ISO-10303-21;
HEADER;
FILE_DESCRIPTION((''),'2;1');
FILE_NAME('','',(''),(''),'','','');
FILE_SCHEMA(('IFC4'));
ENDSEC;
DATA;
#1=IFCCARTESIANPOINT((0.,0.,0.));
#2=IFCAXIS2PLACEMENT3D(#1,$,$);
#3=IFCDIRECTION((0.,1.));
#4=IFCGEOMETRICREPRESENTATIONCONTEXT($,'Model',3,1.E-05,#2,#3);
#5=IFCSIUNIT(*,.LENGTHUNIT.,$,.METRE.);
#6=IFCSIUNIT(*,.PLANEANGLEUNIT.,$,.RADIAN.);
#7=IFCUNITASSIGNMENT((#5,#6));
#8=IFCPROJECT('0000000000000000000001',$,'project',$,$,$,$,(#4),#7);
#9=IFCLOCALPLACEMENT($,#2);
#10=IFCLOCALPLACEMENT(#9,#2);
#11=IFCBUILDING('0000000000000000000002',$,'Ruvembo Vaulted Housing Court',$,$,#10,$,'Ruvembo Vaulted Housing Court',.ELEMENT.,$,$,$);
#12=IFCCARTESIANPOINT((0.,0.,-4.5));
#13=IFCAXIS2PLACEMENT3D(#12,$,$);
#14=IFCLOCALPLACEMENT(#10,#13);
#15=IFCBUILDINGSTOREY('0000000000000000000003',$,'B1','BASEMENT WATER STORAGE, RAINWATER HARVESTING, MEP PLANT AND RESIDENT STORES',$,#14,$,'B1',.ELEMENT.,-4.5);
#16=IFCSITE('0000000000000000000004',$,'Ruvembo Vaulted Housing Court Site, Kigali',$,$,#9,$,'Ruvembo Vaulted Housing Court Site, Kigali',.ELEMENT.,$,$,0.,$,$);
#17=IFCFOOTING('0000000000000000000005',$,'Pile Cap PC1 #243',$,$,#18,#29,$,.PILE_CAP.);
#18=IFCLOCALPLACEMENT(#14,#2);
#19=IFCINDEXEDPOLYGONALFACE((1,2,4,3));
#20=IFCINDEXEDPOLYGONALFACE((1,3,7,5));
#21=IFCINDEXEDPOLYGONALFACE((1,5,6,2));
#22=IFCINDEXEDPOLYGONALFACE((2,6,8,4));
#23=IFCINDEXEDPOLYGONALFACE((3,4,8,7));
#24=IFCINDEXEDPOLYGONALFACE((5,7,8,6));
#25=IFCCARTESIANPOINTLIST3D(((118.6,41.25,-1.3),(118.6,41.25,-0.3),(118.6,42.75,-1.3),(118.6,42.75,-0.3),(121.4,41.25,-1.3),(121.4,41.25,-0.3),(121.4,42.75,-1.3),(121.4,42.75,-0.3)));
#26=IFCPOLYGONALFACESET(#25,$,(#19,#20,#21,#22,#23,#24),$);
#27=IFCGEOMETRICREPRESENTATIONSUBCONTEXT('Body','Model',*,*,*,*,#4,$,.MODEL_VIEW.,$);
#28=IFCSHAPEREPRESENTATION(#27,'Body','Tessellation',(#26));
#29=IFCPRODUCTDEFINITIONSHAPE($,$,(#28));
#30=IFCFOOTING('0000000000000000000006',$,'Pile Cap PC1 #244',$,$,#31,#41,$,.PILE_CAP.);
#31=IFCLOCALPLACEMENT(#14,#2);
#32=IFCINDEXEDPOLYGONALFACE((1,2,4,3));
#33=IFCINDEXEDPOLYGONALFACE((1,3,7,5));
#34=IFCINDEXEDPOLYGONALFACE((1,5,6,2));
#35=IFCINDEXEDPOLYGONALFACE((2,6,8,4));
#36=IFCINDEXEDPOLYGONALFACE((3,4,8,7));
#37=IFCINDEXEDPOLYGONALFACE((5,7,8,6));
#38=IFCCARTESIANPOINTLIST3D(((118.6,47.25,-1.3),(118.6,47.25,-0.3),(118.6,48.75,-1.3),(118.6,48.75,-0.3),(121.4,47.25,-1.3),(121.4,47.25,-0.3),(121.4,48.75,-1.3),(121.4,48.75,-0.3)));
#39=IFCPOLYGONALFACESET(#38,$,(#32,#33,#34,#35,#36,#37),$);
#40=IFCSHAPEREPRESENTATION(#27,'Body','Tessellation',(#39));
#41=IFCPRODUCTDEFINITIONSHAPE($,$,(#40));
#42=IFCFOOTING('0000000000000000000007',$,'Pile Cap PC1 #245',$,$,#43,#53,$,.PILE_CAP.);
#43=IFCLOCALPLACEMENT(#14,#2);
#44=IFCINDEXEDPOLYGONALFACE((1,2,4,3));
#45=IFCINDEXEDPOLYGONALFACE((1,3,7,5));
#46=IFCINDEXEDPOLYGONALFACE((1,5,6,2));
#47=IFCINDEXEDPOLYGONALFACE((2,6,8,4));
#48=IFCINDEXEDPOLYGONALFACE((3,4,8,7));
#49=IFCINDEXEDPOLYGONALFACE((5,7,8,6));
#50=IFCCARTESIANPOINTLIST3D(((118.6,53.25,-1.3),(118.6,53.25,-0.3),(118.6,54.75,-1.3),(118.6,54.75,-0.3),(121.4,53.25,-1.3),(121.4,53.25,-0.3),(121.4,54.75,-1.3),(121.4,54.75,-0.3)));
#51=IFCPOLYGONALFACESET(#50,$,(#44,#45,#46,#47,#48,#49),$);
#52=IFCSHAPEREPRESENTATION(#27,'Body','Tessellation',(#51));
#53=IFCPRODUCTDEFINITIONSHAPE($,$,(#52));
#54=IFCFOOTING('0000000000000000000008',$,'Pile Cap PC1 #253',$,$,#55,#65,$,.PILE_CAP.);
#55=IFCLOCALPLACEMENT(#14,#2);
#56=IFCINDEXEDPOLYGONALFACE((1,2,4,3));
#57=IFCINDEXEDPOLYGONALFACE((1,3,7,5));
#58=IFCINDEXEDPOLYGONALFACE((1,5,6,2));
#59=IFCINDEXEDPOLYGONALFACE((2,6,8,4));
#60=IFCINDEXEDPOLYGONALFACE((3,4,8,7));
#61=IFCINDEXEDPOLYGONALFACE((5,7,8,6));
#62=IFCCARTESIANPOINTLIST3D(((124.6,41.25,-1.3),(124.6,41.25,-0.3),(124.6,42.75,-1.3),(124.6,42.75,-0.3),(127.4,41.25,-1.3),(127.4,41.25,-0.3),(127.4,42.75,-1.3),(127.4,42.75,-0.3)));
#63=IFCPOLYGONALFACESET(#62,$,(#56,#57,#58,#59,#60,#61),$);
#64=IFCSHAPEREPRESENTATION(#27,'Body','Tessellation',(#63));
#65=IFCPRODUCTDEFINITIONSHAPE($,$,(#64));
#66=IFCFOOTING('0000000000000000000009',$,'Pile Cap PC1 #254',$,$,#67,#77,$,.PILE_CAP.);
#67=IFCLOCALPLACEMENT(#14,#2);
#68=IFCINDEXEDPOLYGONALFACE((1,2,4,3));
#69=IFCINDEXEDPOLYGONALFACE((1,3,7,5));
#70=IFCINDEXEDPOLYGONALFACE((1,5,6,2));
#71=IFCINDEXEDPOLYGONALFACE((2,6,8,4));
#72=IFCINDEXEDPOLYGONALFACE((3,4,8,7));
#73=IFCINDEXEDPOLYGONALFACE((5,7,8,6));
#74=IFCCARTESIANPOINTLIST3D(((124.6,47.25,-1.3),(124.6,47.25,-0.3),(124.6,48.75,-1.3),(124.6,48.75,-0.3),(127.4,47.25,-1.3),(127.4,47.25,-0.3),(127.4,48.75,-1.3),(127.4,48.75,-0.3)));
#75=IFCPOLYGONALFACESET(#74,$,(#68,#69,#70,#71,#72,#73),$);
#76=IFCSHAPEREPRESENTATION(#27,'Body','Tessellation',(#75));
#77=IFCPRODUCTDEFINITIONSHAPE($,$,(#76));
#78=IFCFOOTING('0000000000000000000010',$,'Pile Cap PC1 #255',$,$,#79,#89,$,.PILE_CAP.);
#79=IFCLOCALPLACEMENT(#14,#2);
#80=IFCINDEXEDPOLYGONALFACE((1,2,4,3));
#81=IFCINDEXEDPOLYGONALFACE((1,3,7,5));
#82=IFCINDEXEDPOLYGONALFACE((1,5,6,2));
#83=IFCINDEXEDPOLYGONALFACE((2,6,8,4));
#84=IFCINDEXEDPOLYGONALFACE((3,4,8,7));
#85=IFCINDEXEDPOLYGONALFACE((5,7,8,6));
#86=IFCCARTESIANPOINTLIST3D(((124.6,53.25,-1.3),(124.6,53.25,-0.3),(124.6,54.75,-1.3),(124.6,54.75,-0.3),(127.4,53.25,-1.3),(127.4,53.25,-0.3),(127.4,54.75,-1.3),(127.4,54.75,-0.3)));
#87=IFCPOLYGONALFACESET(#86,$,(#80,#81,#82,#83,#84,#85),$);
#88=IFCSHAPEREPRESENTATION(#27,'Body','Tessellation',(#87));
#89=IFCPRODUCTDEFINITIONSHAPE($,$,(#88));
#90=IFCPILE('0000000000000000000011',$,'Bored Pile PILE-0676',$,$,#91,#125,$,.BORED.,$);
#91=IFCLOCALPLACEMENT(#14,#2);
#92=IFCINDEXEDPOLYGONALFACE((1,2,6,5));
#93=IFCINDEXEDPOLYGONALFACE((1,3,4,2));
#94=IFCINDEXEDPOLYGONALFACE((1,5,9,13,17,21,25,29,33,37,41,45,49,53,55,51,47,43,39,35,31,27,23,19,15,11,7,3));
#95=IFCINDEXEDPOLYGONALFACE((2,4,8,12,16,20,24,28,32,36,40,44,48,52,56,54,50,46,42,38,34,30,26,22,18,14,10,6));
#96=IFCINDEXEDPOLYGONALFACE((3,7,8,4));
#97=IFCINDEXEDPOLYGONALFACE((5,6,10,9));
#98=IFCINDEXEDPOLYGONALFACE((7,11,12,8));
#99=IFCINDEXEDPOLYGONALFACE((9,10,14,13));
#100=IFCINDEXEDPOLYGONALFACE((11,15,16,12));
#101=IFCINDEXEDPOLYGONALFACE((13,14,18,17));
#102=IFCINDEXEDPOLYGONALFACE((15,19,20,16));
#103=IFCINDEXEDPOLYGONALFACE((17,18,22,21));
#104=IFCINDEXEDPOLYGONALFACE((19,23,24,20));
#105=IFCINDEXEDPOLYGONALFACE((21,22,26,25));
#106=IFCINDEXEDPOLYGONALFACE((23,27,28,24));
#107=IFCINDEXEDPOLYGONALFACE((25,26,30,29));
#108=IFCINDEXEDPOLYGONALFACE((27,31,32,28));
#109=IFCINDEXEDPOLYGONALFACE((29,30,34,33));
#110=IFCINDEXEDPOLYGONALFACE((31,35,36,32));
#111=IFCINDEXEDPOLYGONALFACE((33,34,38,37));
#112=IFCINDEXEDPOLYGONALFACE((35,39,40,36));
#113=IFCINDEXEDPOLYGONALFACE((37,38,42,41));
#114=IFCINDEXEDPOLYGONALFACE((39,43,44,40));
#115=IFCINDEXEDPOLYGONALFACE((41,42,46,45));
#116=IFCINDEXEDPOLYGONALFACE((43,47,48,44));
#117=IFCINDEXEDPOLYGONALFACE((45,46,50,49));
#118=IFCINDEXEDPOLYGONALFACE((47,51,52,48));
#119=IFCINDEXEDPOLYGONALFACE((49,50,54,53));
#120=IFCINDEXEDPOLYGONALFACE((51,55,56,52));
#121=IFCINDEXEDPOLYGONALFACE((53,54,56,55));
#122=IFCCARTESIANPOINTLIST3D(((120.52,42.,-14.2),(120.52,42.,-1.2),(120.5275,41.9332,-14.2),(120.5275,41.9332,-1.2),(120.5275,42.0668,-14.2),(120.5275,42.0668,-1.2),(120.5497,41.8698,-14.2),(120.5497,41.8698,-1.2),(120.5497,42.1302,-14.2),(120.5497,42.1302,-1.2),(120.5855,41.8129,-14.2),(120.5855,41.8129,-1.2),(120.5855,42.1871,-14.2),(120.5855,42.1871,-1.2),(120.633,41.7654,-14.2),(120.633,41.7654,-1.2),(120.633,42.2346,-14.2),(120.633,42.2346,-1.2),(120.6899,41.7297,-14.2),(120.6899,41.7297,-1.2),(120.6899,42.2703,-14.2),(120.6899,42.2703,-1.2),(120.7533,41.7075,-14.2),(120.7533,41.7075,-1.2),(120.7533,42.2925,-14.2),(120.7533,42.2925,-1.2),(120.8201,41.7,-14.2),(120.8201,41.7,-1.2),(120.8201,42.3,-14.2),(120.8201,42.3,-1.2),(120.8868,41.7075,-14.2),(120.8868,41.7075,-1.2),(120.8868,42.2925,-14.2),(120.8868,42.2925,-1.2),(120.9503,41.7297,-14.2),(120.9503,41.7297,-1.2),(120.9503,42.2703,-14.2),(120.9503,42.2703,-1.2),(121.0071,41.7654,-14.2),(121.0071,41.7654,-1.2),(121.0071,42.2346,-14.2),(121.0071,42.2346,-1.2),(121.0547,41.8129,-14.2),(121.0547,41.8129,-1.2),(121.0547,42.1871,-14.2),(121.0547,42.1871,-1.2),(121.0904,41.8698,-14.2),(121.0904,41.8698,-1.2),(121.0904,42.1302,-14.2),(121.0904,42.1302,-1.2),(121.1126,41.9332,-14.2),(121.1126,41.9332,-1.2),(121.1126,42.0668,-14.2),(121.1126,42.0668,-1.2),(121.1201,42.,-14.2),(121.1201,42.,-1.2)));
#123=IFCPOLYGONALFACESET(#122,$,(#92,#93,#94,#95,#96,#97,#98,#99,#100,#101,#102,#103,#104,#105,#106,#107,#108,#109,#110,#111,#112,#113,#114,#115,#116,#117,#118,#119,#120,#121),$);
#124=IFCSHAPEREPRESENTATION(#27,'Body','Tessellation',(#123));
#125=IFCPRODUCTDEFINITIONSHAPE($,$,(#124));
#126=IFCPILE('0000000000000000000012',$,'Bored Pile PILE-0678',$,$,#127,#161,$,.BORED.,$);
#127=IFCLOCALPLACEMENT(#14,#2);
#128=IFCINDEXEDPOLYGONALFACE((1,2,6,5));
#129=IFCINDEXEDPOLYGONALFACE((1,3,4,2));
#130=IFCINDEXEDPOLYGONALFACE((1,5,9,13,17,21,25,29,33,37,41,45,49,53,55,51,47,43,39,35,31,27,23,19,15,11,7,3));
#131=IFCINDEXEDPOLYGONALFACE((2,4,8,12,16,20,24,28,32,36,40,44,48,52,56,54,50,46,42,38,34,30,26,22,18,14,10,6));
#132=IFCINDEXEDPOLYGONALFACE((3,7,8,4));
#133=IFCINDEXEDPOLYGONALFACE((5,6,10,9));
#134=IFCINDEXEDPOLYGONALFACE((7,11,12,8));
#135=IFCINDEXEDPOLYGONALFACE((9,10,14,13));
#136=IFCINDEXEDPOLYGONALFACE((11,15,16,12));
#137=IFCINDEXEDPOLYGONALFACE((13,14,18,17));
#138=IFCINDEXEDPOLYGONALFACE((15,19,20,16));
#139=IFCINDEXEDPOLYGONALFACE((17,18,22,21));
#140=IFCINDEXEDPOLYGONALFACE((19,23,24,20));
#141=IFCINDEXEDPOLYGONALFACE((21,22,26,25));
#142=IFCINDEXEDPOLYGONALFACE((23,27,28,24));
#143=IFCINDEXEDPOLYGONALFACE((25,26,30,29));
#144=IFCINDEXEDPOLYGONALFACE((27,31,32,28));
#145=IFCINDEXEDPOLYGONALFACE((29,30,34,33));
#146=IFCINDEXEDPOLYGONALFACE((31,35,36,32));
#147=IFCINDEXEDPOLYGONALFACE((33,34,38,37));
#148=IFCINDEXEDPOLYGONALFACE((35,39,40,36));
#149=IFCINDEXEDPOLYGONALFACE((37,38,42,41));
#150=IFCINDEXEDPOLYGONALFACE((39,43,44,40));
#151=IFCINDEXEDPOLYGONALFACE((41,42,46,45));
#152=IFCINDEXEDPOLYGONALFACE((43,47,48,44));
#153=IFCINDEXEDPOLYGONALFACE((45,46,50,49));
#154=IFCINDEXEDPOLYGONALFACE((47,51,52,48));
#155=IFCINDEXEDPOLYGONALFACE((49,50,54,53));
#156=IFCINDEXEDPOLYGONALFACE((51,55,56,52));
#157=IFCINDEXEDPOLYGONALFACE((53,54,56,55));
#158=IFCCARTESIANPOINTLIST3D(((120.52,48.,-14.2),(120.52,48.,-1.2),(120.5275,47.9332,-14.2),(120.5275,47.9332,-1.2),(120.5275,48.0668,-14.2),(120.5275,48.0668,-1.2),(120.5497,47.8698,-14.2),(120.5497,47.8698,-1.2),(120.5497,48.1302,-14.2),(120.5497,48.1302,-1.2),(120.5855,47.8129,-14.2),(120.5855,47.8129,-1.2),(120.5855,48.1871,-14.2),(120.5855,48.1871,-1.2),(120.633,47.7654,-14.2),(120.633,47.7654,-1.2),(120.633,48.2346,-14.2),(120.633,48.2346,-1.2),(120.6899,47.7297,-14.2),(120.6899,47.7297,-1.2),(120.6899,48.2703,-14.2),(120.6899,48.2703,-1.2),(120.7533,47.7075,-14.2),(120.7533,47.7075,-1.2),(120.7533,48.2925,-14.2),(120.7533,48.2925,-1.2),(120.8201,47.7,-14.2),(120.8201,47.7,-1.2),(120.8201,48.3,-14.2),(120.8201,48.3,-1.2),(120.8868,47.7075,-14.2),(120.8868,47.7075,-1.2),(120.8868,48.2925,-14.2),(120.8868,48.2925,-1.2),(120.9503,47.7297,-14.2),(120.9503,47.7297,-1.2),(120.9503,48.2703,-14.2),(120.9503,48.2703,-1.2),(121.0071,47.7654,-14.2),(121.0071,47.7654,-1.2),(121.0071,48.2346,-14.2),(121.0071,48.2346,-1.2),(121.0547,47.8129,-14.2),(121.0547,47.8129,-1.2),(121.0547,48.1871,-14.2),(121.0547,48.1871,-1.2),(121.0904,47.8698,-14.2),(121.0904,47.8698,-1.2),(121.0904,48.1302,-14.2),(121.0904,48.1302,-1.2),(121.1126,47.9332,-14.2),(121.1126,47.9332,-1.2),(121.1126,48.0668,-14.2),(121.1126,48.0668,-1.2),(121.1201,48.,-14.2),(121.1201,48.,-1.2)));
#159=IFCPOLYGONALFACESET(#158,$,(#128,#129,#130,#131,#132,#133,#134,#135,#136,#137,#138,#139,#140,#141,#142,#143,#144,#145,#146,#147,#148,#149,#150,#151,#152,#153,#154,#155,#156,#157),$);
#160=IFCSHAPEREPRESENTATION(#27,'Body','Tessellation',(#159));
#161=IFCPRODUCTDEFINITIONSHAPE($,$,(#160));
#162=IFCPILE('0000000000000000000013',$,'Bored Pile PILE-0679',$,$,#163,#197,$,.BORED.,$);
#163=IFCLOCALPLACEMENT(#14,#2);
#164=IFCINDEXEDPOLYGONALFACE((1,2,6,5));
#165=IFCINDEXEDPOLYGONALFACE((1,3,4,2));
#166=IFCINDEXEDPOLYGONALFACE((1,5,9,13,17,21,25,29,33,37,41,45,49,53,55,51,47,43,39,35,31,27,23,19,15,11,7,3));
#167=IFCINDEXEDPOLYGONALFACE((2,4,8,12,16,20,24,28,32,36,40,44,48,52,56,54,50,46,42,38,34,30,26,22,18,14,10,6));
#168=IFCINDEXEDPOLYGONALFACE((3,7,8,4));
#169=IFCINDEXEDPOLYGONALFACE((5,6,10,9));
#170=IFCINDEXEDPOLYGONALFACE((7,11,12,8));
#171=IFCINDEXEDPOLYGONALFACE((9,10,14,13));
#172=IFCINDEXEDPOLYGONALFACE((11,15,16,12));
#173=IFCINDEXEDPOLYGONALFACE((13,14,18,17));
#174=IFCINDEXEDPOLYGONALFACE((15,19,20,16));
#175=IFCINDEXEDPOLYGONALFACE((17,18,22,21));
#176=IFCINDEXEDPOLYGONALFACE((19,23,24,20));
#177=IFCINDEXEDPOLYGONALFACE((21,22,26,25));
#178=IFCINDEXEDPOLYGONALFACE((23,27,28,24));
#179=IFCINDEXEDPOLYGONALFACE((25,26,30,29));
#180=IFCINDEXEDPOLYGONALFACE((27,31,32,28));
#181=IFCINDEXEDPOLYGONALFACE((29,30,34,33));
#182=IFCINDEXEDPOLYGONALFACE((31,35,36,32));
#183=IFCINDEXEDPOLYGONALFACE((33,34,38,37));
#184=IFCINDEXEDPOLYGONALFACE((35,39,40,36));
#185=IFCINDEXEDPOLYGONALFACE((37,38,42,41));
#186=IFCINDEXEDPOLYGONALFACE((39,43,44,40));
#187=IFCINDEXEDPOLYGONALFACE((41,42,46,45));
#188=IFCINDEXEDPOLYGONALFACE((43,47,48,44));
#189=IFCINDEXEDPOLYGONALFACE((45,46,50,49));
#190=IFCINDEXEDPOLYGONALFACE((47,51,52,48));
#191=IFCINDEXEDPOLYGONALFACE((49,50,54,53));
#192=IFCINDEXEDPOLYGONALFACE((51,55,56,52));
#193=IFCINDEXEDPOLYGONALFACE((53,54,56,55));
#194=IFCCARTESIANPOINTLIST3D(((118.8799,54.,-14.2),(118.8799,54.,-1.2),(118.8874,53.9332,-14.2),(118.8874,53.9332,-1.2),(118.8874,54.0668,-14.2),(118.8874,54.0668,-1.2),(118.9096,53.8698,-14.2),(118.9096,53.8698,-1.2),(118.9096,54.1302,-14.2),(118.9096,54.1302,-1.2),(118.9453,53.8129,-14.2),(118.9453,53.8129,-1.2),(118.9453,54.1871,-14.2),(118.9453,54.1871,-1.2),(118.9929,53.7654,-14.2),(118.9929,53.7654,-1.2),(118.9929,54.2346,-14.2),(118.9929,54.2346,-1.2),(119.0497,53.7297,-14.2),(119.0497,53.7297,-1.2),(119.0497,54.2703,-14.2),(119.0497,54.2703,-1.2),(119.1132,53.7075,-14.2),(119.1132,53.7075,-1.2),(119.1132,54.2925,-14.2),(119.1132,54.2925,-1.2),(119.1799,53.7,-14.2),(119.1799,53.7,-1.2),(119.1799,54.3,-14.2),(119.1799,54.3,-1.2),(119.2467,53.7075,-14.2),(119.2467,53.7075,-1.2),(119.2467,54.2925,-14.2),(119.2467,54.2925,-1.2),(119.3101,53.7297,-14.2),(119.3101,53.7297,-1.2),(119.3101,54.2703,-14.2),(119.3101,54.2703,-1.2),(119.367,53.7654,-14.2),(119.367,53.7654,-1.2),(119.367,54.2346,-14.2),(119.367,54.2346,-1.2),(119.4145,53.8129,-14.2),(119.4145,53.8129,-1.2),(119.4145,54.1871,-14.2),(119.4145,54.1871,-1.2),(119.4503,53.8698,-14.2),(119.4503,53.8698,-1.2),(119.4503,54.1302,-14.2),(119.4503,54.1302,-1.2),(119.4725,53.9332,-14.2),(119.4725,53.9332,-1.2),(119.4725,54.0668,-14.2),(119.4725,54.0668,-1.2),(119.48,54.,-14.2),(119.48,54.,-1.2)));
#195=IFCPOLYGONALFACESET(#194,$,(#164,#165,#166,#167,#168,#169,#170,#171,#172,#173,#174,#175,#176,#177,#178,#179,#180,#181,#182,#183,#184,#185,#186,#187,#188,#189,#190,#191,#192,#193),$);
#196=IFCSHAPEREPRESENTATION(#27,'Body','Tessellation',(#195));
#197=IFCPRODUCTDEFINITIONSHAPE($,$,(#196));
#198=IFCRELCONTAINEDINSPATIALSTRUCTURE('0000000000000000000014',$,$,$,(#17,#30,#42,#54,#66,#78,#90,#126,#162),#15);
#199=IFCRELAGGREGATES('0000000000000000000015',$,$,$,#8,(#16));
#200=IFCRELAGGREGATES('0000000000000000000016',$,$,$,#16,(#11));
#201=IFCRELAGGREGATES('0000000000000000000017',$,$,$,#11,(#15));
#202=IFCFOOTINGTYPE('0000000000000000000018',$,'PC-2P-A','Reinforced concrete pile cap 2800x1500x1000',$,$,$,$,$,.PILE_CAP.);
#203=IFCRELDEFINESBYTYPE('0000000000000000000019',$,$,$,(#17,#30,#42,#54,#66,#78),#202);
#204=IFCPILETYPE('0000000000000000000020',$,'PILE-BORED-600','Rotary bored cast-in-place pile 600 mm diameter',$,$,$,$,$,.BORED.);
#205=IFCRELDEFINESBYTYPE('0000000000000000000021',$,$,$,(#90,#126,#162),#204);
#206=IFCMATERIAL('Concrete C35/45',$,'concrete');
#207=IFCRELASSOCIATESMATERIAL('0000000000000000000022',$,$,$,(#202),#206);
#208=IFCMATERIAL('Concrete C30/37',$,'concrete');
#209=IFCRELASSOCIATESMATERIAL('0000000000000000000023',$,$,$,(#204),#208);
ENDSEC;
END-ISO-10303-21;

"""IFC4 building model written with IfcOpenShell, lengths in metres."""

from ifc_helpers import new_model, si_unit, direction, frame, origin, origin_2d, place, context, subcontext, project, spatial, rectangle, circle, extrude, material, material_profile, profile_set, type_object, element, save


model = new_model("IFC4")

# Units and contexts
model_context = context("Model", 3, precision=1e-05, world=origin(), true_north=direction((0.0, 1.0)))
body_context = subcontext(model_context, "Body", "Model", "MODEL_VIEW")
ifc_project = project(units=[si_unit("LENGTHUNIT", "METRE"), si_unit("PLANEANGLEUNIT", "RADIAN")], contexts=[model_context])

# Site, building, storey
site_placement = place(None, origin())
site = spatial("IfcSite", under=ifc_project, at=site_placement, Name="Ruvembo Vaulted Housing Court Site, Kigali", LongName="Ruvembo Vaulted Housing Court Site, Kigali", CompositionType="ELEMENT", RefElevation=0.0)
building_placement = place(site_placement, origin())
building = spatial("IfcBuilding", under=site, at=building_placement, Name="Ruvembo Vaulted Housing Court", LongName="Ruvembo Vaulted Housing Court", CompositionType="ELEMENT")
storey_placement = place(building_placement, frame((0.0, 0.0, -4.5)))
storey = spatial("IfcBuildingStorey", under=building, at=storey_placement, Name="B1", Description="BASEMENT WATER STORAGE, RAINWATER HARVESTING, MEP PLANT AND RESIDENT STORES", LongName="B1", CompositionType="ELEMENT", Elevation=-4.5)

# Footings
ifc_material_1 = material(Name="Concrete C35/45", Category="concrete")
footing_type = type_object("IfcFootingType", Name="PC-2P-A", Description="Reinforced concrete pile cap 2800x1500x1000", PredefinedType="PILE_CAP", material=ifc_material_1)
for number, where, z_axis, x_axis, name in (
    (1, (120.0, 42.0, -1.3), (0.0, 0.0, 1.0), (1.0, 0.0, 0.0), "Pile Cap PC1 #243"),
    (2, (120.0, 48.0, -1.3), (0.0, 0.0, 1.0), (1.0, 0.0, 0.0), "Pile Cap PC1 #244"),
    (3, (120.0, 54.0, -1.3), (0.0, 0.0, 1.0), (1.0, 0.0, 0.0), "Pile Cap PC1 #245"),
    (4, (126.0, 42.0, -1.3), (0.0, 0.0, 1.0), (1.0, 0.0, 0.0), "Pile Cap PC1 #253"),
    (5, (126.0, 48.0, -1.3), (0.0, 0.0, 1.0), (1.0, 0.0, 0.0), "Pile Cap PC1 #254"),
    (6, (126.0, 54.0, -1.3), (0.0, 0.0, 1.0), (1.0, 0.0, 0.0), "Pile Cap PC1 #255"),
):
    element("IfcFooting", number, at=place(storey_placement, frame(where, z_axis=z_axis, x_axis=x_axis)), inside=storey, type_object=footing_type, Name=name, PredefinedType="PILE_CAP", context=body_context, shape_type="SweptSolid", body=[
        extrude(rectangle(XDim=2.8, YDim=1.5, at=origin_2d()), origin(), (0.0, 0.0, 1.0), 1.0),
    ])

# Piles
ifc_material_2 = material(Name="Concrete C30/37", Category="concrete")
ifc_material_profile_1 = material_profile(ifc_material_2, circle(Radius=0.3, at=origin_2d()), Name="PILE D600")
ifc_profile_set_1 = profile_set([ifc_material_profile_1], Name="Concrete C30/37")
pile_type = type_object("IfcPileType", Name="PILE-BORED-600", Description="Rotary bored cast-in-place pile 600 mm diameter", PredefinedType="BORED", material=ifc_profile_set_1)
for number, where, z_axis, x_axis, name in (
    (7, (120.8201, 42.0, -1.2), (0.0, 0.0, -1.0), (1.0, 0.0, 0.0), "Bored Pile PILE-0676"),
    (8, (120.8201, 48.0, -1.2), (0.0, 0.0, -1.0), (1.0, 0.0, 0.0), "Bored Pile PILE-0678"),
    (9, (119.1799, 54.0, -1.2), (0.0, 0.0, -1.0), (1.0, 0.0, 0.0), "Bored Pile PILE-0679"),
):
    element("IfcPile", number, at=place(storey_placement, frame(where, z_axis=z_axis, x_axis=x_axis)), inside=storey, type_object=pile_type, Name=name, PredefinedType="BORED", context=body_context, shape_type="SweptSolid", body=[
        extrude(circle(Radius=0.3, at=origin_2d()), origin(), (0.0, 0.0, 1.0), 13.0),
    ])

save(model, "model.ifc")
